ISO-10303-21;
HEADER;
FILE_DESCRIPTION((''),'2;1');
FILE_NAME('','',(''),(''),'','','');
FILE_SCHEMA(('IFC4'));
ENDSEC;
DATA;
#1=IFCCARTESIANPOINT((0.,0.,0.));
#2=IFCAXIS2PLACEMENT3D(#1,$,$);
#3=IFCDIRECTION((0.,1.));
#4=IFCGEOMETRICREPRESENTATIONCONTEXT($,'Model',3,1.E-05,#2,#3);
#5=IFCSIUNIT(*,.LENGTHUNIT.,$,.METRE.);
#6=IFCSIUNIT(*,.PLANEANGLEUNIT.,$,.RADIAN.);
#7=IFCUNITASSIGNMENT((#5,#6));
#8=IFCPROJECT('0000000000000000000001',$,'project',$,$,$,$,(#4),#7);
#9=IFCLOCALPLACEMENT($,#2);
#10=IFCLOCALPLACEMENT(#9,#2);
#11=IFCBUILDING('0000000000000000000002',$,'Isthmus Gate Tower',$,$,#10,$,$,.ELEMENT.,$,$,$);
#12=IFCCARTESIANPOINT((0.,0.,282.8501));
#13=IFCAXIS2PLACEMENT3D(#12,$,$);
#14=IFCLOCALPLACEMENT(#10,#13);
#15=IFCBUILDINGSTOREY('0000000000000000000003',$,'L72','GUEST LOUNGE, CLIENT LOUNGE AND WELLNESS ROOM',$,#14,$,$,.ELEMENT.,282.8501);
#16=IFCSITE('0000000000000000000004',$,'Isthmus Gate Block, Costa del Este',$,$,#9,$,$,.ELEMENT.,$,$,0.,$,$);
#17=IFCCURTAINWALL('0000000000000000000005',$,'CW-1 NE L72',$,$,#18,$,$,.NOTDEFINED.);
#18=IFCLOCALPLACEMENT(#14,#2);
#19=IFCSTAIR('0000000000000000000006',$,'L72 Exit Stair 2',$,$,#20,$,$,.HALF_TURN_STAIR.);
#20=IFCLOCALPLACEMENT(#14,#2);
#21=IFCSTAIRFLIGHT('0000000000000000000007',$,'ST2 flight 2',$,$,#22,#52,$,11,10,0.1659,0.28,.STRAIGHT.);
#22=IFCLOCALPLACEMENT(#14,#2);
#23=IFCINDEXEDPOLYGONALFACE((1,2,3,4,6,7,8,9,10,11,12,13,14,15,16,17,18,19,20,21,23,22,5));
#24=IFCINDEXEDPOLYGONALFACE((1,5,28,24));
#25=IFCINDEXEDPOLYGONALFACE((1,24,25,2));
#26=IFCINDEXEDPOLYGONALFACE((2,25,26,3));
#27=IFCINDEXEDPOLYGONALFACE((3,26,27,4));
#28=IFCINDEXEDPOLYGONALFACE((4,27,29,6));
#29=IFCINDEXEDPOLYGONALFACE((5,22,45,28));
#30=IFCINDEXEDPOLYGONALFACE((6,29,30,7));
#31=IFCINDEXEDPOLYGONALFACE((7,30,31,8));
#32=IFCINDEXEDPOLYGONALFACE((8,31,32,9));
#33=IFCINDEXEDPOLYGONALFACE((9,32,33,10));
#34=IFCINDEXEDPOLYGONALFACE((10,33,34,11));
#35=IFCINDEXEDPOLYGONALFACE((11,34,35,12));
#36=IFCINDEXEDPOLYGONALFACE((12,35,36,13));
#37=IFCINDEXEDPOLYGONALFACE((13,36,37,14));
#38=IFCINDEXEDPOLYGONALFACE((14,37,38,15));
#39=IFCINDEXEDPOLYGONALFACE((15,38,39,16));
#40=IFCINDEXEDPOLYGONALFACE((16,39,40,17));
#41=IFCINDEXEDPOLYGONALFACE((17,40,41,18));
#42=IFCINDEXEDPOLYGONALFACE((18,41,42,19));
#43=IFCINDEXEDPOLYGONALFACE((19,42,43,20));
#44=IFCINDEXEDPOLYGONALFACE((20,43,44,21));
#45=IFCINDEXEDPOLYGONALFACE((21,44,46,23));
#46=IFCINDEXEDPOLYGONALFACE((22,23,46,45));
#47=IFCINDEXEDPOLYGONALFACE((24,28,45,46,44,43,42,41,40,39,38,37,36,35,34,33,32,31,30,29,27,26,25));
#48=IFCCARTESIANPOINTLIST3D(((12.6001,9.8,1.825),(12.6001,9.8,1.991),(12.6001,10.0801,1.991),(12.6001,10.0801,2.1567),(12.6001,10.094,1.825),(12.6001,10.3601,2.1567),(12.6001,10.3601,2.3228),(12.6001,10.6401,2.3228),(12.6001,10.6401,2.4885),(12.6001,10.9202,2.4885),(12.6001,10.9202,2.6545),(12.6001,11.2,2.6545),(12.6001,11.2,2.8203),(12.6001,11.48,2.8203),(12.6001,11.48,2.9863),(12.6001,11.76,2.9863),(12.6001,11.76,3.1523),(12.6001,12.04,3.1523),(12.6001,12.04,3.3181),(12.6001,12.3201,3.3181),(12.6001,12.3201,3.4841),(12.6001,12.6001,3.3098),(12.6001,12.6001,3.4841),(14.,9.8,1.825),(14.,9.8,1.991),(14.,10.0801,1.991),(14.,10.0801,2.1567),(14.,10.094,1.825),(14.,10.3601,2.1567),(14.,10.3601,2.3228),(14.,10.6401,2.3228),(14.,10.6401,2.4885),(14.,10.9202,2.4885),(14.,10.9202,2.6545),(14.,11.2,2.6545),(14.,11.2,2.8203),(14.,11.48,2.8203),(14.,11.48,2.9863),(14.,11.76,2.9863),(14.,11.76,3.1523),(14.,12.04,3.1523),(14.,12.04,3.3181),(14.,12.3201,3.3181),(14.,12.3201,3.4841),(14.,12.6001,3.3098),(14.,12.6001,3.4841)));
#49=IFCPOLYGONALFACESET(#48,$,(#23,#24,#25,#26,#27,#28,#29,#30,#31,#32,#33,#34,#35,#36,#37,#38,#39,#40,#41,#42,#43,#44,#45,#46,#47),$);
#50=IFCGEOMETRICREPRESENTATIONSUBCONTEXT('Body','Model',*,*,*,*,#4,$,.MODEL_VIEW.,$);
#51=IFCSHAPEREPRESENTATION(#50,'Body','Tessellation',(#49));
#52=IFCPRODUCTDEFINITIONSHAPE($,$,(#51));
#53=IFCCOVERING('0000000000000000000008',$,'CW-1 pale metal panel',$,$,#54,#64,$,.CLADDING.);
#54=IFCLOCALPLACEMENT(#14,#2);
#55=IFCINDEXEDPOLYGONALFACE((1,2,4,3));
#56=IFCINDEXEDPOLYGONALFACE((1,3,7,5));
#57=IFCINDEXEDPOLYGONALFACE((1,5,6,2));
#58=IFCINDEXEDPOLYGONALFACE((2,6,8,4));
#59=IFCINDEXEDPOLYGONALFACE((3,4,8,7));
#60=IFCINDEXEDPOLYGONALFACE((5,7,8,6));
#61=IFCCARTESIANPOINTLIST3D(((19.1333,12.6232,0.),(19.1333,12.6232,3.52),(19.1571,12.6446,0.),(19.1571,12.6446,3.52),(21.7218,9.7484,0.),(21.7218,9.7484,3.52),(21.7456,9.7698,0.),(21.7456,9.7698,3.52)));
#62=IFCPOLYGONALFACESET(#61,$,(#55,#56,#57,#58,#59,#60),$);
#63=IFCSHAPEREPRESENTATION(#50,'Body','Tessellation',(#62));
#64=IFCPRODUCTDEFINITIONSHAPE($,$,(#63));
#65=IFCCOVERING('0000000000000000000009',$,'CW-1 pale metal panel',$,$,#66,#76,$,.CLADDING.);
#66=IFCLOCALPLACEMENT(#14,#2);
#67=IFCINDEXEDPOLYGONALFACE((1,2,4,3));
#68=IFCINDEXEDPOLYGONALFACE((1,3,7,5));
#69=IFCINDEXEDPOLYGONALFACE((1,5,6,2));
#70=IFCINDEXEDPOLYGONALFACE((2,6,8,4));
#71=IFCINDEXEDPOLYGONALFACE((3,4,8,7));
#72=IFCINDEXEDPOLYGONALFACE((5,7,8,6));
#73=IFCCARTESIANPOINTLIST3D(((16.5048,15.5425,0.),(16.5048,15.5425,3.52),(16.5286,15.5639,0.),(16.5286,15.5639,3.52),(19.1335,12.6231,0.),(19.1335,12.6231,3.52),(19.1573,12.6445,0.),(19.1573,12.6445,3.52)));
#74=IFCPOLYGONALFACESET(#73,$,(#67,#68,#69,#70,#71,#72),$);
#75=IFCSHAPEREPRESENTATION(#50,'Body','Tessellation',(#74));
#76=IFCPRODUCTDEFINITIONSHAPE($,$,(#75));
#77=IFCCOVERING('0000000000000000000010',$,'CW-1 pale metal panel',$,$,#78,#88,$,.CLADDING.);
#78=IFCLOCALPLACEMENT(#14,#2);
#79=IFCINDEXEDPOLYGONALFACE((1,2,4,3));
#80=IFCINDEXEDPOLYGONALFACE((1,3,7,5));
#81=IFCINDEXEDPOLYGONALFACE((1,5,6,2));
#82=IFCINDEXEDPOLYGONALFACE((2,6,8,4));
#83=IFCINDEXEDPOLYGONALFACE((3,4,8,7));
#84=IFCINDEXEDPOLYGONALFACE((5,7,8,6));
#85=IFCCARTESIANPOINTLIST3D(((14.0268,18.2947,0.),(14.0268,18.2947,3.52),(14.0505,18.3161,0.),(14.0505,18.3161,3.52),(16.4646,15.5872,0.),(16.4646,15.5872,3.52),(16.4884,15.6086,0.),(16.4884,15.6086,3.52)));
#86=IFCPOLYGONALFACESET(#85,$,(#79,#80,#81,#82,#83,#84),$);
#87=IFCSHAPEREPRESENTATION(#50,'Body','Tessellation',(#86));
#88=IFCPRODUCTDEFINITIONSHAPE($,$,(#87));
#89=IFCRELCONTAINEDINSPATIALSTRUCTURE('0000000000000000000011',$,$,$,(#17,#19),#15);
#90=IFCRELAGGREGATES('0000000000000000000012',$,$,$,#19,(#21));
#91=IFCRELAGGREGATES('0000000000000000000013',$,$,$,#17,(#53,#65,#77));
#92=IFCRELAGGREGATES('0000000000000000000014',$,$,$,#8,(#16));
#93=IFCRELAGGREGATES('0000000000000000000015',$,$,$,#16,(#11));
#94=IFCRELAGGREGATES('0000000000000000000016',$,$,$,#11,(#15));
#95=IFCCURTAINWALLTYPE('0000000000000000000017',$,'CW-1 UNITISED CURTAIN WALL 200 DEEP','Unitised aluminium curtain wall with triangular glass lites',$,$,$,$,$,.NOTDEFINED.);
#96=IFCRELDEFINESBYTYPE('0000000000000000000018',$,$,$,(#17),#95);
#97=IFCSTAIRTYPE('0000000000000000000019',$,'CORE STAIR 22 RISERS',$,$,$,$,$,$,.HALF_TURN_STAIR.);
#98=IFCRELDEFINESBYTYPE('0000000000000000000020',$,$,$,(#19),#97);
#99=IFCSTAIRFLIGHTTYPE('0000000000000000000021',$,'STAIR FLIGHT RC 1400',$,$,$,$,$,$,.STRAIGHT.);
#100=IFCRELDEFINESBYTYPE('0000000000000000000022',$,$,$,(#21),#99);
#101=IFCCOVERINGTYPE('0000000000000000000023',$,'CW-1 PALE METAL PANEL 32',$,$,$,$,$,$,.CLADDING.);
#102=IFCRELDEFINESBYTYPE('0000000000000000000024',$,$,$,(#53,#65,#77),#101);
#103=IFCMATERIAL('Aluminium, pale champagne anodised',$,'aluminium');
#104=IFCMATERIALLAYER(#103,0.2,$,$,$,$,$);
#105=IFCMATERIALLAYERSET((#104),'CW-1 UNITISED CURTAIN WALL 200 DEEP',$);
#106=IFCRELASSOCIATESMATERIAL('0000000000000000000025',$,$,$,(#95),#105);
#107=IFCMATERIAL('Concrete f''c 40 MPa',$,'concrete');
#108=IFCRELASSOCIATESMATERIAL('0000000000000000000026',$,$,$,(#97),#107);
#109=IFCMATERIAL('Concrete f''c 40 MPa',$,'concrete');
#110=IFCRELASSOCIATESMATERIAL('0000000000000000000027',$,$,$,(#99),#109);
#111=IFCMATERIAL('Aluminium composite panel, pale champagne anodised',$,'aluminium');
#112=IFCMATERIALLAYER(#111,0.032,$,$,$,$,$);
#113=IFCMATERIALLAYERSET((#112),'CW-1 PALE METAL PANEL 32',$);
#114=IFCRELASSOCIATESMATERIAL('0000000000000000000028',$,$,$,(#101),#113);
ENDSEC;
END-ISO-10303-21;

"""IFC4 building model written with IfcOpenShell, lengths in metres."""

from ifc_helpers import new_model, si_unit, direction, frame, origin, origin_2d, place, context, subcontext, project, spatial, polyline, rectangle, outline, extrude, material, layer, layer_set, type_object, element, aggregate, save


model = new_model("IFC4")

# Units and contexts
model_context = context("Model", 3, precision=1e-05, world=origin(), true_north=direction((0.0, 1.0)))
body_context = subcontext(model_context, "Body", "Model", "MODEL_VIEW")
ifc_project = project(units=[si_unit("LENGTHUNIT", "METRE"), si_unit("PLANEANGLEUNIT", "RADIAN")], contexts=[model_context])

# Site, building, storey
site_placement = place(None, origin())
site = spatial("IfcSite", under=ifc_project, at=site_placement, Name="Isthmus Gate Block, Costa del Este", CompositionType="ELEMENT", RefElevation=0.0)
building_placement = place(site_placement, origin())
building = spatial("IfcBuilding", under=site, at=building_placement, Name="Isthmus Gate Tower", CompositionType="ELEMENT")
storey_placement = place(building_placement, frame((0.0, 0.0, 282.8501)))
storey = spatial("IfcBuildingStorey", under=building, at=storey_placement, Name="L72", Description="GUEST LOUNGE, CLIENT LOUNGE AND WELLNESS ROOM", CompositionType="ELEMENT", Elevation=282.8501)

# Curtain wall
ifc_material_1 = material(Name="Aluminium, pale champagne anodised", Category="aluminium")
ifc_layer_1 = layer(ifc_material_1, 0.2)
ifc_layer_set_1 = layer_set([ifc_layer_1], Name="CW-1 UNITISED CURTAIN WALL 200 DEEP")
curtain_wall_type = type_object("IfcCurtainWallType", Name="CW-1 UNITISED CURTAIN WALL 200 DEEP", Description="Unitised aluminium curtain wall with triangular glass lites", PredefinedType="NOTDEFINED", material=ifc_layer_set_1)
curtain_wall_placement = place(storey_placement, origin())
curtain_wall = element("IfcCurtainWall", 1, at=curtain_wall_placement, inside=storey, type_object=curtain_wall_type, Name="CW-1 NE L72", PredefinedType="NOTDEFINED")

# Stair, stair flight
ifc_material_2 = material(Name="Concrete f'c 40 MPa", Category="concrete")
stair_type = type_object("IfcStairType", Name="CORE STAIR 22 RISERS", PredefinedType="HALF_TURN_STAIR", material=ifc_material_2)
stair_placement = place(storey_placement, origin())
stair = element("IfcStair", 2, at=stair_placement, inside=storey, type_object=stair_type, Name="L72 Exit Stair 2", PredefinedType="HALF_TURN_STAIR")
ifc_material_3 = material(Name="Concrete f'c 40 MPa", Category="concrete")
stair_flight_type = type_object("IfcStairFlightType", Name="STAIR FLIGHT RC 1400", PredefinedType="STRAIGHT", material=ifc_material_3)
stair_flight_placement = place(storey_placement, frame((13.3, 9.8, 1.825), z_axis=(0.0, 0.0, 1.0), x_axis=(0.0, 1.0, 0.0)))
stair_flight = element("IfcStairFlight", 3, at=stair_flight_placement, type_object=stair_flight_type, Name="ST2 flight 2", NumberOfRisers=11, NumberOfTreads=10, PredefinedType="STRAIGHT", RiserHeight=0.1659, TreadLength=0.28, context=body_context, shape_type="SweptSolid", body=[
    extrude(outline(polyline([(0.0, 0.0), (0.0, 0.166), (0.28, 0.166), (0.28, 0.3318), (0.5601, 0.3318), (0.5601, 0.4978), (0.8401, 0.4978), (0.8401, 0.6636), (1.1201, 0.6636), (1.1201, 0.8296), (1.3999, 0.8296), (1.3999, 0.9954), (1.6799, 0.9954), (1.6799, 1.1614), (1.96, 1.1614), (1.96, 1.3274), (2.24, 1.3274), (2.24, 1.4932), (2.52, 1.4932), (2.52, 1.6592), (2.8, 1.6592), (2.8, 1.825), (2.8, 1.4849), (0.2939, 0.0), (0.0, 0.0)])), frame((0.0, 0.7, 0.0), z_axis=(0.0, -1.0, 0.0), x_axis=(1.0, 0.0, 0.0)), (0.0, 0.0, 1.0), 1.3999),
])
aggregate(stair, [stair_flight])

# Coverings
ifc_material_4 = material(Name="Aluminium composite panel, pale champagne anodised", Category="aluminium")
ifc_layer_2 = layer(ifc_material_4, 0.032)
ifc_layer_set_2 = layer_set([ifc_layer_2], Name="CW-1 PALE METAL PANEL 32")
covering_type = type_object("IfcCoveringType", Name="CW-1 PALE METAL PANEL 32", PredefinedType="CLADDING", material=ifc_layer_set_2)
covering_1_placement = place(storey_placement, frame((20.4395, 11.1965, 0.0), z_axis=(0.0, 0.0, 1.0), x_axis=(-0.669131, 0.743145, 0.0)))
covering_1 = element("IfcCovering", 4, at=covering_1_placement, type_object=covering_type, Name="CW-1 pale metal panel", PredefinedType="CLADDING", context=body_context, shape_type="SweptSolid", body=[
    extrude(rectangle(XDim=3.8684, YDim=0.032, at=origin_2d()), origin(), (0.0, 0.0, 1.0), 3.52),
])
covering_2_placement = place(storey_placement, frame((17.8311, 14.0935, 0.0), z_axis=(0.0, 0.0, 1.0), x_axis=(-0.669131, 0.743145, 0.0)))
covering_2 = element("IfcCovering", 5, at=covering_2_placement, type_object=covering_type, Name="CW-1 pale metal panel", PredefinedType="CLADDING", context=body_context, shape_type="SweptSolid", body=[
    extrude(rectangle(XDim=3.9285, YDim=0.032, at=origin_2d()), origin(), (0.0, 0.0, 1.0), 3.52),
])
covering_3_placement = place(storey_placement, frame((15.2576, 16.9517, 0.0), z_axis=(0.0, 0.0, 1.0), x_axis=(-0.669131, 0.743145, 0.0)))
covering_3 = element("IfcCovering", 6, at=covering_3_placement, type_object=covering_type, Name="CW-1 pale metal panel", PredefinedType="CLADDING", context=body_context, shape_type="SweptSolid", body=[
    extrude(rectangle(XDim=3.6433, YDim=0.032, at=origin_2d()), origin(), (0.0, 0.0, 1.0), 3.52),
])
aggregate(curtain_wall, [covering_1, covering_2, covering_3])

save(model, "model.ifc")
